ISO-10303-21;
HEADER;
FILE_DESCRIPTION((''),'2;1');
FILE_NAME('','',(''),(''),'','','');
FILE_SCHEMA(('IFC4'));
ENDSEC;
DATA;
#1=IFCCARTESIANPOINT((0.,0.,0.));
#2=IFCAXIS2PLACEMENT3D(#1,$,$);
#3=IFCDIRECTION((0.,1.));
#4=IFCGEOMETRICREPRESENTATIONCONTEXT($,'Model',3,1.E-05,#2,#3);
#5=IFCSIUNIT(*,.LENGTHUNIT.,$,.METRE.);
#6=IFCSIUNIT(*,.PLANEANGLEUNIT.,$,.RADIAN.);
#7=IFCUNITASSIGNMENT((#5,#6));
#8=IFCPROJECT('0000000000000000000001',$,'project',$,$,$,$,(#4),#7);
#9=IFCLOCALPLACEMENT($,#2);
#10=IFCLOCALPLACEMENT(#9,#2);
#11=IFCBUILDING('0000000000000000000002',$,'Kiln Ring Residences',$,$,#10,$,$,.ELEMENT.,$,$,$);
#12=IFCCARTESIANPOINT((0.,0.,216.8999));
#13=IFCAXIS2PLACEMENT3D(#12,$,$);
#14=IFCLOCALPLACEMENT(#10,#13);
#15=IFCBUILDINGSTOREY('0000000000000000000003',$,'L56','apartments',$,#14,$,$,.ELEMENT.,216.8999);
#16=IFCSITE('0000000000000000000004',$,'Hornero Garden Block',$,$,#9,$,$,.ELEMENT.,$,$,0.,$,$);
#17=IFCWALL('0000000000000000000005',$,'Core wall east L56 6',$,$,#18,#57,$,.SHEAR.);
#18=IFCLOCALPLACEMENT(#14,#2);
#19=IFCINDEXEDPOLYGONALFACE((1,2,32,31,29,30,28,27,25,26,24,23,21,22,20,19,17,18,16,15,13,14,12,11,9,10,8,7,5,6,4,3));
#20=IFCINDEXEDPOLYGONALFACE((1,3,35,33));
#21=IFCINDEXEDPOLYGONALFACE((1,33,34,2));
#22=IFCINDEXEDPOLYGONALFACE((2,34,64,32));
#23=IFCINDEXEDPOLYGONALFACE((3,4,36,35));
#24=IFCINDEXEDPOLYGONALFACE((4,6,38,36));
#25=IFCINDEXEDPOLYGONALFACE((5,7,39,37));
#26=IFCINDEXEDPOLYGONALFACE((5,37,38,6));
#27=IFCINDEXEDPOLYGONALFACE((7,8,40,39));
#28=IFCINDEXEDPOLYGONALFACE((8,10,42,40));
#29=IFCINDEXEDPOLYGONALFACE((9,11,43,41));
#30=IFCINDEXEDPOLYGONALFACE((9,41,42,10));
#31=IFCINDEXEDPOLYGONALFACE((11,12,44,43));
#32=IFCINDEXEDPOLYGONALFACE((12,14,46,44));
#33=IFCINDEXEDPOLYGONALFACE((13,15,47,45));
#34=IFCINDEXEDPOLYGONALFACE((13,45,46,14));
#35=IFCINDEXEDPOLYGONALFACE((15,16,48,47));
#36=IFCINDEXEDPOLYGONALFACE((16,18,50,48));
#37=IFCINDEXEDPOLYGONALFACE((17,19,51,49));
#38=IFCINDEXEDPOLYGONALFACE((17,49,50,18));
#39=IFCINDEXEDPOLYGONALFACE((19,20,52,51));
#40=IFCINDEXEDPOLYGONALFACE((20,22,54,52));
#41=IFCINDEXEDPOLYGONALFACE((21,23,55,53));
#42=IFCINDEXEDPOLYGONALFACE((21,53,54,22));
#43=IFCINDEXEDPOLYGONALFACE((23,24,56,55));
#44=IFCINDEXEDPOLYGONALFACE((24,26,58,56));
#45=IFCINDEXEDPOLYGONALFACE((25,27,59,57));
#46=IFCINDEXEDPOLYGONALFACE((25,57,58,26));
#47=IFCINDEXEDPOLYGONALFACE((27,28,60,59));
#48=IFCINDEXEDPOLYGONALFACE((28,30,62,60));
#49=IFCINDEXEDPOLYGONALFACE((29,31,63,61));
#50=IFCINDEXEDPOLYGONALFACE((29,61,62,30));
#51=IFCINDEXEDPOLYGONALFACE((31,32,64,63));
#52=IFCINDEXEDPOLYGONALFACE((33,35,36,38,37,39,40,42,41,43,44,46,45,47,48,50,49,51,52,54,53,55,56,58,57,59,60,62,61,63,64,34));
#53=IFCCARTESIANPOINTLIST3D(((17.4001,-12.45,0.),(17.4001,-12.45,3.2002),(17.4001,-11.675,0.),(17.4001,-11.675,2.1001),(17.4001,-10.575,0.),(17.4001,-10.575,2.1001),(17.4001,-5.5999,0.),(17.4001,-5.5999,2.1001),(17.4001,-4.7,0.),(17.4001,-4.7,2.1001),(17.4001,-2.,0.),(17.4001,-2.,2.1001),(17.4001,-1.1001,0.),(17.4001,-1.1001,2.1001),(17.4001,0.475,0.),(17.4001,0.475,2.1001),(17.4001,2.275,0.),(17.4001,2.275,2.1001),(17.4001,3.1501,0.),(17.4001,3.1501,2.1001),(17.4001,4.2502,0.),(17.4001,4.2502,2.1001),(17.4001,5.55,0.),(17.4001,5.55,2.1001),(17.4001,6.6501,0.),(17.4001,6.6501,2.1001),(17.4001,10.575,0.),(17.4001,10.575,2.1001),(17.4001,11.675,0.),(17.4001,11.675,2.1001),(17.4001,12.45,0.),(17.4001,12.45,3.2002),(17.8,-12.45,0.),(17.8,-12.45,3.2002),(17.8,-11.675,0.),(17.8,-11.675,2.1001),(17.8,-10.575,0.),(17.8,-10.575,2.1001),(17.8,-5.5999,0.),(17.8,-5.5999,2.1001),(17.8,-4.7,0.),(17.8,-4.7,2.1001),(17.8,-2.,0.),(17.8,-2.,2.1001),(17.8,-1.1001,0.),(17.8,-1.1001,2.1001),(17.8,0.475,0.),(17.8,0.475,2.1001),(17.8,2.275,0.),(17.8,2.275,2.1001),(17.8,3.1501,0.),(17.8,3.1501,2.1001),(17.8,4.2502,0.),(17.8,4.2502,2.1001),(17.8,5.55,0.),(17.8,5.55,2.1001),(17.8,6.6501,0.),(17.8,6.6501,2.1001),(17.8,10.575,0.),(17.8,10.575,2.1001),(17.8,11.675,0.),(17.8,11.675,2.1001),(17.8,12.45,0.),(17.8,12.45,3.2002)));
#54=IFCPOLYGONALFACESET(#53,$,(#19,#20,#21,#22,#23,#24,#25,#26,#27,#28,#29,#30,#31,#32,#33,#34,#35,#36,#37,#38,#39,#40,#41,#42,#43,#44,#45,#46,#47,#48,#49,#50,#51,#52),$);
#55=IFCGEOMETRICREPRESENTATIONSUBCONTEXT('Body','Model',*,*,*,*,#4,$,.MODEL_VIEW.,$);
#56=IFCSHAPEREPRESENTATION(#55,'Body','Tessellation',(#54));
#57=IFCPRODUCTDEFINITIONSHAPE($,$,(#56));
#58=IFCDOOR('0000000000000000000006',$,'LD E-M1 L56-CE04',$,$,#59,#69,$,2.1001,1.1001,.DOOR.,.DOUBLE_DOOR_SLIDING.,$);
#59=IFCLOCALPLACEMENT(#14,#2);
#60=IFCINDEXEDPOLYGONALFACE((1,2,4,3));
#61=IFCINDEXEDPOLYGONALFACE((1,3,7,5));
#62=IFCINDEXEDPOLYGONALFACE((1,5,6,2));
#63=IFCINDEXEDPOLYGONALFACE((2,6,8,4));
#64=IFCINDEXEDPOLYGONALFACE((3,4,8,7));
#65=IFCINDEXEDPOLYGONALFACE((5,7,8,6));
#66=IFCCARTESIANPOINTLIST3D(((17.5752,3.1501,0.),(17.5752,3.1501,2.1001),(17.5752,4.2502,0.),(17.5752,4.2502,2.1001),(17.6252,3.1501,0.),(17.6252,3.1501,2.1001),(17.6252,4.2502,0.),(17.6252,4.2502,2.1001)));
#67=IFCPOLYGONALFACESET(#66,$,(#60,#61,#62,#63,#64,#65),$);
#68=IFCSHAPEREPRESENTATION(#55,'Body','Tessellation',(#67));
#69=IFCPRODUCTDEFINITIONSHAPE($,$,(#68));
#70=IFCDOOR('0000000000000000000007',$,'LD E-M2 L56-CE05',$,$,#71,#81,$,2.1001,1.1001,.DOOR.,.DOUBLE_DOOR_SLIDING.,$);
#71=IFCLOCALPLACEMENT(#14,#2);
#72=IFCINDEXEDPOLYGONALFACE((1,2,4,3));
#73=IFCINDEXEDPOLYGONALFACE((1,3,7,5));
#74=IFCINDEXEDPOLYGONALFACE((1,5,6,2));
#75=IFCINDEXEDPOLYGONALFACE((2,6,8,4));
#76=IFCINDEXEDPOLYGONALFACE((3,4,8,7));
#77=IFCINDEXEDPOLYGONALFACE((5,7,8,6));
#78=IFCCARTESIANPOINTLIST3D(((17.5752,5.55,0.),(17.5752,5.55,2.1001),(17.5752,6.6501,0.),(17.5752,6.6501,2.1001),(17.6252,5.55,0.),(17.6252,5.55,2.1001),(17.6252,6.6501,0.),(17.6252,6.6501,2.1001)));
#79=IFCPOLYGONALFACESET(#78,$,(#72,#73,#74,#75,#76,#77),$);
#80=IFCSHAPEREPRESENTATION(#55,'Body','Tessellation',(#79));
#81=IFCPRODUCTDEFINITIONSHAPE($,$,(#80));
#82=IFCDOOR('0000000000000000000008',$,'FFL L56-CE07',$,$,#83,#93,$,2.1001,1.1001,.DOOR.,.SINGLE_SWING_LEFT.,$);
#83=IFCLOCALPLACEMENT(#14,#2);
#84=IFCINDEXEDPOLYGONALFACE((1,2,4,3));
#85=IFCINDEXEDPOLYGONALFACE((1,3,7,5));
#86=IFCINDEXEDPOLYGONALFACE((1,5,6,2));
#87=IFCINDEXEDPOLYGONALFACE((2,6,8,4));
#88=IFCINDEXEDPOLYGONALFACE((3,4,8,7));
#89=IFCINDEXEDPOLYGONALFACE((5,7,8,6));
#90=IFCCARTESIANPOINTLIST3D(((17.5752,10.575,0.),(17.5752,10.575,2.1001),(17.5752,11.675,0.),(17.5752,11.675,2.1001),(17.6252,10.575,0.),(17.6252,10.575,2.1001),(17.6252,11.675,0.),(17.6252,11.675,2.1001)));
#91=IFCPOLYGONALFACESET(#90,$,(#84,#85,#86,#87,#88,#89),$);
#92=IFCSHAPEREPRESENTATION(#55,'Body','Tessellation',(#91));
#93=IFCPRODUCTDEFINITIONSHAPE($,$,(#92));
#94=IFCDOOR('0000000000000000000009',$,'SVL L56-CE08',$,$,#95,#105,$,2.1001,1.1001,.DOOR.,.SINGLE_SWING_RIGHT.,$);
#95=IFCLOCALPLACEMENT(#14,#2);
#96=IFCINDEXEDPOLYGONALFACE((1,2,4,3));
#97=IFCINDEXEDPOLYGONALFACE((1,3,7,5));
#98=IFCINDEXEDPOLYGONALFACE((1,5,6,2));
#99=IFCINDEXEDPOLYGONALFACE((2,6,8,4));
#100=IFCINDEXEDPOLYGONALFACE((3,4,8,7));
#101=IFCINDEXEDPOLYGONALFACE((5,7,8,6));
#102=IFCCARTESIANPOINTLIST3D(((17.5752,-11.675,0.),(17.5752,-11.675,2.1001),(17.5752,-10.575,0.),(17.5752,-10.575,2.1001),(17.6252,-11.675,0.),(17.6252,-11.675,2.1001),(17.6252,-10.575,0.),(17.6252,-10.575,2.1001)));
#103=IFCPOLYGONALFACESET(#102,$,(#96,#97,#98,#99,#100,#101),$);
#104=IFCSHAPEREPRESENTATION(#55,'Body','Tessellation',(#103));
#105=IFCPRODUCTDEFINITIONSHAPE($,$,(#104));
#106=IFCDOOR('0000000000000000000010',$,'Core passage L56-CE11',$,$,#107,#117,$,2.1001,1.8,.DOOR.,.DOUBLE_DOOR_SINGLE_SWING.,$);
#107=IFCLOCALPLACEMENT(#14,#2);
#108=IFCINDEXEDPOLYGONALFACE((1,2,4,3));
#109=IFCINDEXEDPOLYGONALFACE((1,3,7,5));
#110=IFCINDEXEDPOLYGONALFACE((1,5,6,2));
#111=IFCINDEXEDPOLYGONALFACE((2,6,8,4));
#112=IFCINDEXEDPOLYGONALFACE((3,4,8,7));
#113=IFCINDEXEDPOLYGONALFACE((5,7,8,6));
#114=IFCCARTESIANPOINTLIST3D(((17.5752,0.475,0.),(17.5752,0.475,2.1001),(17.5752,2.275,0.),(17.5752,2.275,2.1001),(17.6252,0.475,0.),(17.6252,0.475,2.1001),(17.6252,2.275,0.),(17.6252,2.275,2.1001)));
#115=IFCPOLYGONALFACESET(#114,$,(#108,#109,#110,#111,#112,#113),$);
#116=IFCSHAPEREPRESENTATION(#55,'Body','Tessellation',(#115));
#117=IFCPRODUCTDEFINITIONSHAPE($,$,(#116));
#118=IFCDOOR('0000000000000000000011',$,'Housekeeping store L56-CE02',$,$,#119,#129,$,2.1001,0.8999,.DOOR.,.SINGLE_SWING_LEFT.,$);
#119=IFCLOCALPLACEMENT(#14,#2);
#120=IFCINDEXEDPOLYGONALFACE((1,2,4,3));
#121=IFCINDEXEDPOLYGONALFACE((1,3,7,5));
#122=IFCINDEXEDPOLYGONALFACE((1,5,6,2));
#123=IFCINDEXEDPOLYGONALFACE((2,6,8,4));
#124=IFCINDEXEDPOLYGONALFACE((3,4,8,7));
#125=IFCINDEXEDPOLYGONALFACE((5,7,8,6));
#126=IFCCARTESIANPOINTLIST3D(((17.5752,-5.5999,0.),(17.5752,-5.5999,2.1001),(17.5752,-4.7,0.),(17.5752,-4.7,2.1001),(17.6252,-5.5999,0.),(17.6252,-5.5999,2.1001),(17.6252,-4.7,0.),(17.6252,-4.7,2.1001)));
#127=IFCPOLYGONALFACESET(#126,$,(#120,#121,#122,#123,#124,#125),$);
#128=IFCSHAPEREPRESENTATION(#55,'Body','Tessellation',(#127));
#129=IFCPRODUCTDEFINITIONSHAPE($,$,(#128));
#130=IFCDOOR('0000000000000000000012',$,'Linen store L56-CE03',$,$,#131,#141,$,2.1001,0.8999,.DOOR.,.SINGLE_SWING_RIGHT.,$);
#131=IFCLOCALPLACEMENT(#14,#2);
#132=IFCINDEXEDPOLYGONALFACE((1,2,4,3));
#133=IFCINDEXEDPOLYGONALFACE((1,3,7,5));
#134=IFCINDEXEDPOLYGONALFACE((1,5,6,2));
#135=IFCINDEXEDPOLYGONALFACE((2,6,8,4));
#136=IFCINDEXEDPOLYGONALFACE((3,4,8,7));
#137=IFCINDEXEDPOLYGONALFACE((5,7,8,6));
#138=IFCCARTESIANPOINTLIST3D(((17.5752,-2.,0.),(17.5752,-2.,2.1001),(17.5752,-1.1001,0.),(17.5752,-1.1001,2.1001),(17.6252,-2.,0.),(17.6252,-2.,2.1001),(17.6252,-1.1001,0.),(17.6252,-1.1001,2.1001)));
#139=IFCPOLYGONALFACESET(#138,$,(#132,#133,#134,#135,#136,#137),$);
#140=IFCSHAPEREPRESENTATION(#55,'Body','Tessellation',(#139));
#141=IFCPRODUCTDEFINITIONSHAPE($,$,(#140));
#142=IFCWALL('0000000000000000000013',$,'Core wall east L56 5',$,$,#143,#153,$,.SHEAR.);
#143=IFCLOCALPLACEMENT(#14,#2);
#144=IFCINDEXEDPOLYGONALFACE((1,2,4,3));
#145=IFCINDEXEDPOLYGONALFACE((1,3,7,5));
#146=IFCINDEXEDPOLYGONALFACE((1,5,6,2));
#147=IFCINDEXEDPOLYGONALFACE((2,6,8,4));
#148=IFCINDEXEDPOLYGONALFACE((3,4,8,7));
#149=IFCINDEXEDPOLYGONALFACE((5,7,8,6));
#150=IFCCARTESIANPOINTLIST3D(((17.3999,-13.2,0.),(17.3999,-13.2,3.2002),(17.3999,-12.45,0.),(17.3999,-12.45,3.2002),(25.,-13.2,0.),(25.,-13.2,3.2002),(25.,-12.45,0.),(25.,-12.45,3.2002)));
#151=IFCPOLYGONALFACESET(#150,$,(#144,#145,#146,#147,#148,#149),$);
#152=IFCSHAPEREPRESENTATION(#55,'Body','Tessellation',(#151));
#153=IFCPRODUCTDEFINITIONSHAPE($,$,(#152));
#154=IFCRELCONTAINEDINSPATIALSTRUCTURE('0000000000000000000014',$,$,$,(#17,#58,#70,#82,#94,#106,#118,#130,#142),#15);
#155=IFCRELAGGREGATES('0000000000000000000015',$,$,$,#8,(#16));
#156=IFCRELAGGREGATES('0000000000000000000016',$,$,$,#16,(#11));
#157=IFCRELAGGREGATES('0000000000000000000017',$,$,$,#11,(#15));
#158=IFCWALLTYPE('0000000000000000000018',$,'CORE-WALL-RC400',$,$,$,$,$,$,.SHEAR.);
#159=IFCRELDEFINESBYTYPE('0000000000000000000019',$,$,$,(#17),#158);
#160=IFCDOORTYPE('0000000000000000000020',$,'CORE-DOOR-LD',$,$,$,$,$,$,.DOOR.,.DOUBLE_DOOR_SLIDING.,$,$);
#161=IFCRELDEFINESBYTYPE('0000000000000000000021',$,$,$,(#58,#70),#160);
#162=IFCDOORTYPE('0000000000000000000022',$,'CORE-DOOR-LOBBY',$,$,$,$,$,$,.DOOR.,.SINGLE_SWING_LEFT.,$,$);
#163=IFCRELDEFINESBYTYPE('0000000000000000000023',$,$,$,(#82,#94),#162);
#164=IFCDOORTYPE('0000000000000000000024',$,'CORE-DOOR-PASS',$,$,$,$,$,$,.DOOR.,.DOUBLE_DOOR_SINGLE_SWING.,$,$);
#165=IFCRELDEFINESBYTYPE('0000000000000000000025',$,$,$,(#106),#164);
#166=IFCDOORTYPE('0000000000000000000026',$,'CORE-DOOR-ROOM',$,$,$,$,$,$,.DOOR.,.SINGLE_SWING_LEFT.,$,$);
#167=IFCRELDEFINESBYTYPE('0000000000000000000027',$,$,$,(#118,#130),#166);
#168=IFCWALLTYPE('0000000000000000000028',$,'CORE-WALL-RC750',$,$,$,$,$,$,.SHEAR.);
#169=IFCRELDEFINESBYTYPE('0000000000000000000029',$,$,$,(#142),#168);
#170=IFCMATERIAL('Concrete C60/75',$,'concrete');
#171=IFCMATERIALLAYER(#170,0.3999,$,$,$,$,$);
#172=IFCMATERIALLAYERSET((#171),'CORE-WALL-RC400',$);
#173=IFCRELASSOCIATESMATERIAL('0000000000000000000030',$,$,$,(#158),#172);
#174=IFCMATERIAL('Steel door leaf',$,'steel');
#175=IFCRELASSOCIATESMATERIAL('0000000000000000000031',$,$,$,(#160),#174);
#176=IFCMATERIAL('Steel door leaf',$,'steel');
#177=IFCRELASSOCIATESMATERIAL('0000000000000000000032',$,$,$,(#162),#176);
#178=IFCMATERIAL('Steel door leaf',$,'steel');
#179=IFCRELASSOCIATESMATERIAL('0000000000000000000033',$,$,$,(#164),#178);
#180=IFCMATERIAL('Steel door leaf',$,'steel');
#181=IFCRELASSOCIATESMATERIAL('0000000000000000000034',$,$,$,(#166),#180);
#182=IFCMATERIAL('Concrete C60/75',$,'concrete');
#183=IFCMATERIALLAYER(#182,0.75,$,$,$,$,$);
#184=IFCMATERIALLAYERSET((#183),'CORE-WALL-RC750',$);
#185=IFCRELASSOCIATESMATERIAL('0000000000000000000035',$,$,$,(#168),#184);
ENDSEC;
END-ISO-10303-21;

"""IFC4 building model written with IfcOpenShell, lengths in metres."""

from ifc_helpers import new_model, si_unit, direction, frame, frame_2d, origin, place, context, subcontext, project, spatial, rectangle, extrude, material, layer, layer_set, type_object, element, fill, save


model = new_model("IFC4")

# Units and contexts
model_context = context("Model", 3, precision=1e-05, world=origin(), true_north=direction((0.0, 1.0)))
body_context = subcontext(model_context, "Body", "Model", "MODEL_VIEW")
ifc_project = project(units=[si_unit("LENGTHUNIT", "METRE"), si_unit("PLANEANGLEUNIT", "RADIAN")], contexts=[model_context])

# Site, building, storey
site_placement = place(None, origin())
site = spatial("IfcSite", under=ifc_project, at=site_placement, Name="Hornero Garden Block", CompositionType="ELEMENT", RefElevation=0.0)
building_placement = place(site_placement, origin())
building = spatial("IfcBuilding", under=site, at=building_placement, Name="Kiln Ring Residences", CompositionType="ELEMENT")
storey_placement = place(building_placement, frame((0.0, 0.0, 216.8999)))
storey = spatial("IfcBuildingStorey", under=building, at=storey_placement, Name="L56", Description="apartments", CompositionType="ELEMENT", Elevation=216.8999)

# Wall, openings, doors
ifc_material_1 = material(Name="Concrete C60/75", Category="concrete")
ifc_layer_1 = layer(ifc_material_1, 0.3999)
ifc_layer_set_1 = layer_set([ifc_layer_1], Name="CORE-WALL-RC400")
wall_type_1 = type_object("IfcWallType", Name="CORE-WALL-RC400", PredefinedType="SHEAR", material=ifc_layer_set_1)
wall_1_placement = place(storey_placement, frame((17.6001, -12.45, 0.0), z_axis=(0.0, 0.0, 1.0), x_axis=(0.0, 1.0, 0.0)))
wall_1 = element("IfcWall", 1, at=wall_1_placement, inside=storey, type_object=wall_type_1, Name="Core wall east L56 6", PredefinedType="SHEAR", context=body_context, shape_type="SweptSolid", body=[
    extrude(rectangle(XDim=24.8999, YDim=0.3999, at=frame_2d((12.45, 0.0))), origin(), (0.0, 0.0, 1.0), 3.2002),
])
opening_1_placement = place(wall_1_placement, frame((6.8501, 0.0, 0.0)))
opening_1 = element("IfcOpeningElement", 2, at=opening_1_placement, cuts=wall_1, PredefinedType="OPENING", context=body_context, shape_type="SweptSolid", body=[
    extrude(rectangle(XDim=0.8999, YDim=2.1001, at=frame_2d((0.45, 1.05))), frame((0.0, 0.21, 0.0), z_axis=(0.0, -1.0, 0.0), x_axis=(1.0, 0.0, 0.0)), (0.0, 0.0, 1.0), 0.4199),
])
opening_2_placement = place(wall_1_placement, frame((10.45, 0.0, 0.0)))
opening_2 = element("IfcOpeningElement", 3, at=opening_2_placement, cuts=wall_1, PredefinedType="OPENING", context=body_context, shape_type="SweptSolid", body=[
    extrude(rectangle(XDim=0.8999, YDim=2.1001, at=frame_2d((0.45, 1.05))), frame((0.0, 0.21, 0.0), z_axis=(0.0, -1.0, 0.0), x_axis=(1.0, 0.0, 0.0)), (0.0, 0.0, 1.0), 0.4199),
])
opening_3_placement = place(wall_1_placement, frame((15.6001, 0.0, 0.0)))
opening_3 = element("IfcOpeningElement", 4, at=opening_3_placement, cuts=wall_1, PredefinedType="OPENING", context=body_context, shape_type="SweptSolid", body=[
    extrude(rectangle(XDim=1.1001, YDim=2.1001, at=frame_2d((0.55, 1.05))), frame((0.0, 0.21, 0.0), z_axis=(0.0, -1.0, 0.0), x_axis=(1.0, 0.0, 0.0)), (0.0, 0.0, 1.0), 0.4199),
])
opening_4_placement = place(wall_1_placement, frame((18.0, 0.0, 0.0)))
opening_4 = element("IfcOpeningElement", 5, at=opening_4_placement, cuts=wall_1, PredefinedType="OPENING", context=body_context, shape_type="SweptSolid", body=[
    extrude(rectangle(XDim=1.1001, YDim=2.1001, at=frame_2d((0.55, 1.05))), frame((0.0, 0.21, 0.0), z_axis=(0.0, -1.0, 0.0), x_axis=(1.0, 0.0, 0.0)), (0.0, 0.0, 1.0), 0.4199),
])
opening_5_placement = place(wall_1_placement, frame((23.0249, 0.0, 0.0)))
opening_5 = element("IfcOpeningElement", 6, at=opening_5_placement, cuts=wall_1, PredefinedType="OPENING", context=body_context, shape_type="SweptSolid", body=[
    extrude(rectangle(XDim=1.1001, YDim=2.1001, at=frame_2d((0.55, 1.05))), frame((0.0, 0.21, 0.0), z_axis=(0.0, -1.0, 0.0), x_axis=(1.0, 0.0, 0.0)), (0.0, 0.0, 1.0), 0.4199),
])
opening_6_placement = place(wall_1_placement, frame((0.7749, 0.0, 0.0)))
opening_6 = element("IfcOpeningElement", 7, at=opening_6_placement, cuts=wall_1, PredefinedType="OPENING", context=body_context, shape_type="SweptSolid", body=[
    extrude(rectangle(XDim=1.1001, YDim=2.1001, at=frame_2d((0.55, 1.05))), frame((0.0, 0.21, 0.0), z_axis=(0.0, -1.0, 0.0), x_axis=(1.0, 0.0, 0.0)), (0.0, 0.0, 1.0), 0.4199),
])
opening_7_placement = place(wall_1_placement, frame((12.925, 0.0, 0.0)))
opening_7 = element("IfcOpeningElement", 8, at=opening_7_placement, cuts=wall_1, PredefinedType="OPENING", context=body_context, shape_type="SweptSolid", body=[
    extrude(rectangle(XDim=1.8, YDim=2.1001, at=frame_2d((0.8999, 1.05))), frame((0.0, 0.21, 0.0), z_axis=(0.0, -1.0, 0.0), x_axis=(1.0, 0.0, 0.0)), (0.0, 0.0, 1.0), 0.4199),
])
ifc_material_2 = material(Name="Steel door leaf", Category="steel")
door_type_1 = type_object("IfcDoorType", Name="CORE-DOOR-LD", OperationType="DOUBLE_DOOR_SLIDING", PredefinedType="DOOR", material=ifc_material_2)
door_1_placement = place(opening_3_placement, origin())
door_1 = element("IfcDoor", 9, at=door_1_placement, inside=storey, type_object=door_type_1, Name="LD E-M1 L56-CE04", OperationType="DOUBLE_DOOR_SLIDING", OverallHeight=2.1001, OverallWidth=1.1001, PredefinedType="DOOR", context=body_context, shape_type="SweptSolid", body=[
    extrude(rectangle(XDim=1.1001, YDim=2.1001, at=frame_2d((0.55, 1.05))), frame((0.0, 0.0249, 0.0), z_axis=(0.0, -1.0, 0.0), x_axis=(1.0, 0.0, 0.0)), (0.0, 0.0, 1.0), 0.05),
])
fill(opening_3, door_1)
door_2_placement = place(opening_4_placement, origin())
door_2 = element("IfcDoor", 10, at=door_2_placement, inside=storey, type_object=door_type_1, Name="LD E-M2 L56-CE05", OperationType="DOUBLE_DOOR_SLIDING", OverallHeight=2.1001, OverallWidth=1.1001, PredefinedType="DOOR", context=body_context, shape_type="SweptSolid", body=[
    extrude(rectangle(XDim=1.1001, YDim=2.1001, at=frame_2d((0.55, 1.05))), frame((0.0, 0.0249, 0.0), z_axis=(0.0, -1.0, 0.0), x_axis=(1.0, 0.0, 0.0)), (0.0, 0.0, 1.0), 0.05),
])
fill(opening_4, door_2)
ifc_material_3 = material(Name="Steel door leaf", Category="steel")
door_type_2 = type_object("IfcDoorType", Name="CORE-DOOR-LOBBY", OperationType="SINGLE_SWING_LEFT", PredefinedType="DOOR", material=ifc_material_3)
door_3_placement = place(opening_5_placement, origin())
door_3 = element("IfcDoor", 11, at=door_3_placement, inside=storey, type_object=door_type_2, Name="FFL L56-CE07", OperationType="SINGLE_SWING_LEFT", OverallHeight=2.1001, OverallWidth=1.1001, PredefinedType="DOOR", context=body_context, shape_type="SweptSolid", body=[
    extrude(rectangle(XDim=1.1001, YDim=2.1001, at=frame_2d((0.55, 1.05))), frame((0.0, 0.0249, 0.0), z_axis=(0.0, -1.0, 0.0), x_axis=(1.0, 0.0, 0.0)), (0.0, 0.0, 1.0), 0.05),
])
fill(opening_5, door_3)
door_4_placement = place(opening_6_placement, origin())
door_4 = element("IfcDoor", 12, at=door_4_placement, inside=storey, type_object=door_type_2, Name="SVL L56-CE08", OperationType="SINGLE_SWING_RIGHT", OverallHeight=2.1001, OverallWidth=1.1001, PredefinedType="DOOR", context=body_context, shape_type="SweptSolid", body=[
    extrude(rectangle(XDim=1.1001, YDim=2.1001, at=frame_2d((0.55, 1.05))), frame((0.0, 0.0249, 0.0), z_axis=(0.0, -1.0, 0.0), x_axis=(1.0, 0.0, 0.0)), (0.0, 0.0, 1.0), 0.05),
])
fill(opening_6, door_4)
ifc_material_4 = material(Name="Steel door leaf", Category="steel")
door_type_3 = type_object("IfcDoorType", Name="CORE-DOOR-PASS", OperationType="DOUBLE_DOOR_SINGLE_SWING", PredefinedType="DOOR", material=ifc_material_4)
door_5_placement = place(opening_7_placement, origin())
door_5 = element("IfcDoor", 13, at=door_5_placement, inside=storey, type_object=door_type_3, Name="Core passage L56-CE11", OperationType="DOUBLE_DOOR_SINGLE_SWING", OverallHeight=2.1001, OverallWidth=1.8, PredefinedType="DOOR", context=body_context, shape_type="SweptSolid", body=[
    extrude(rectangle(XDim=1.8, YDim=2.1001, at=frame_2d((0.8999, 1.05))), frame((0.0, 0.0249, 0.0), z_axis=(0.0, -1.0, 0.0), x_axis=(1.0, 0.0, 0.0)), (0.0, 0.0, 1.0), 0.05),
])
fill(opening_7, door_5)
ifc_material_5 = material(Name="Steel door leaf", Category="steel")
door_type_4 = type_object("IfcDoorType", Name="CORE-DOOR-ROOM", OperationType="SINGLE_SWING_LEFT", PredefinedType="DOOR", material=ifc_material_5)
door_6_placement = place(opening_1_placement, origin())
door_6 = element("IfcDoor", 14, at=door_6_placement, inside=storey, type_object=door_type_4, Name="Housekeeping store L56-CE02", OperationType="SINGLE_SWING_LEFT", OverallHeight=2.1001, OverallWidth=0.8999, PredefinedType="DOOR", context=body_context, shape_type="SweptSolid", body=[
    extrude(rectangle(XDim=0.8999, YDim=2.1001, at=frame_2d((0.45, 1.05))), frame((0.0, 0.0249, 0.0), z_axis=(0.0, -1.0, 0.0), x_axis=(1.0, 0.0, 0.0)), (0.0, 0.0, 1.0), 0.05),
])
fill(opening_1, door_6)
door_7_placement = place(opening_2_placement, origin())
door_7 = element("IfcDoor", 15, at=door_7_placement, inside=storey, type_object=door_type_4, Name="Linen store L56-CE03", OperationType="SINGLE_SWING_RIGHT", OverallHeight=2.1001, OverallWidth=0.8999, PredefinedType="DOOR", context=body_context, shape_type="SweptSolid", body=[
    extrude(rectangle(XDim=0.8999, YDim=2.1001, at=frame_2d((0.45, 1.05))), frame((0.0, 0.0249, 0.0), z_axis=(0.0, -1.0, 0.0), x_axis=(1.0, 0.0, 0.0)), (0.0, 0.0, 1.0), 0.05),
])
fill(opening_2, door_7)

# Wall
ifc_material_6 = material(Name="Concrete C60/75", Category="concrete")
ifc_layer_2 = layer(ifc_material_6, 0.75)
ifc_layer_set_2 = layer_set([ifc_layer_2], Name="CORE-WALL-RC750")
wall_type_2 = type_object("IfcWallType", Name="CORE-WALL-RC750", PredefinedType="SHEAR", material=ifc_layer_set_2)
wall_2_placement = place(storey_placement, frame((17.3999, -12.825, 0.0), z_axis=(0.0, 0.0, 1.0), x_axis=(1.0, 0.0, 0.0)))
element("IfcWall", 16, at=wall_2_placement, inside=storey, type_object=wall_type_2, Name="Core wall east L56 5", PredefinedType="SHEAR", context=body_context, shape_type="SweptSolid", body=[
    extrude(rectangle(XDim=7.6001, YDim=0.75, at=frame_2d((3.8, 0.0))), origin(), (0.0, 0.0, 1.0), 3.2002),
])

save(model, "model.ifc")
